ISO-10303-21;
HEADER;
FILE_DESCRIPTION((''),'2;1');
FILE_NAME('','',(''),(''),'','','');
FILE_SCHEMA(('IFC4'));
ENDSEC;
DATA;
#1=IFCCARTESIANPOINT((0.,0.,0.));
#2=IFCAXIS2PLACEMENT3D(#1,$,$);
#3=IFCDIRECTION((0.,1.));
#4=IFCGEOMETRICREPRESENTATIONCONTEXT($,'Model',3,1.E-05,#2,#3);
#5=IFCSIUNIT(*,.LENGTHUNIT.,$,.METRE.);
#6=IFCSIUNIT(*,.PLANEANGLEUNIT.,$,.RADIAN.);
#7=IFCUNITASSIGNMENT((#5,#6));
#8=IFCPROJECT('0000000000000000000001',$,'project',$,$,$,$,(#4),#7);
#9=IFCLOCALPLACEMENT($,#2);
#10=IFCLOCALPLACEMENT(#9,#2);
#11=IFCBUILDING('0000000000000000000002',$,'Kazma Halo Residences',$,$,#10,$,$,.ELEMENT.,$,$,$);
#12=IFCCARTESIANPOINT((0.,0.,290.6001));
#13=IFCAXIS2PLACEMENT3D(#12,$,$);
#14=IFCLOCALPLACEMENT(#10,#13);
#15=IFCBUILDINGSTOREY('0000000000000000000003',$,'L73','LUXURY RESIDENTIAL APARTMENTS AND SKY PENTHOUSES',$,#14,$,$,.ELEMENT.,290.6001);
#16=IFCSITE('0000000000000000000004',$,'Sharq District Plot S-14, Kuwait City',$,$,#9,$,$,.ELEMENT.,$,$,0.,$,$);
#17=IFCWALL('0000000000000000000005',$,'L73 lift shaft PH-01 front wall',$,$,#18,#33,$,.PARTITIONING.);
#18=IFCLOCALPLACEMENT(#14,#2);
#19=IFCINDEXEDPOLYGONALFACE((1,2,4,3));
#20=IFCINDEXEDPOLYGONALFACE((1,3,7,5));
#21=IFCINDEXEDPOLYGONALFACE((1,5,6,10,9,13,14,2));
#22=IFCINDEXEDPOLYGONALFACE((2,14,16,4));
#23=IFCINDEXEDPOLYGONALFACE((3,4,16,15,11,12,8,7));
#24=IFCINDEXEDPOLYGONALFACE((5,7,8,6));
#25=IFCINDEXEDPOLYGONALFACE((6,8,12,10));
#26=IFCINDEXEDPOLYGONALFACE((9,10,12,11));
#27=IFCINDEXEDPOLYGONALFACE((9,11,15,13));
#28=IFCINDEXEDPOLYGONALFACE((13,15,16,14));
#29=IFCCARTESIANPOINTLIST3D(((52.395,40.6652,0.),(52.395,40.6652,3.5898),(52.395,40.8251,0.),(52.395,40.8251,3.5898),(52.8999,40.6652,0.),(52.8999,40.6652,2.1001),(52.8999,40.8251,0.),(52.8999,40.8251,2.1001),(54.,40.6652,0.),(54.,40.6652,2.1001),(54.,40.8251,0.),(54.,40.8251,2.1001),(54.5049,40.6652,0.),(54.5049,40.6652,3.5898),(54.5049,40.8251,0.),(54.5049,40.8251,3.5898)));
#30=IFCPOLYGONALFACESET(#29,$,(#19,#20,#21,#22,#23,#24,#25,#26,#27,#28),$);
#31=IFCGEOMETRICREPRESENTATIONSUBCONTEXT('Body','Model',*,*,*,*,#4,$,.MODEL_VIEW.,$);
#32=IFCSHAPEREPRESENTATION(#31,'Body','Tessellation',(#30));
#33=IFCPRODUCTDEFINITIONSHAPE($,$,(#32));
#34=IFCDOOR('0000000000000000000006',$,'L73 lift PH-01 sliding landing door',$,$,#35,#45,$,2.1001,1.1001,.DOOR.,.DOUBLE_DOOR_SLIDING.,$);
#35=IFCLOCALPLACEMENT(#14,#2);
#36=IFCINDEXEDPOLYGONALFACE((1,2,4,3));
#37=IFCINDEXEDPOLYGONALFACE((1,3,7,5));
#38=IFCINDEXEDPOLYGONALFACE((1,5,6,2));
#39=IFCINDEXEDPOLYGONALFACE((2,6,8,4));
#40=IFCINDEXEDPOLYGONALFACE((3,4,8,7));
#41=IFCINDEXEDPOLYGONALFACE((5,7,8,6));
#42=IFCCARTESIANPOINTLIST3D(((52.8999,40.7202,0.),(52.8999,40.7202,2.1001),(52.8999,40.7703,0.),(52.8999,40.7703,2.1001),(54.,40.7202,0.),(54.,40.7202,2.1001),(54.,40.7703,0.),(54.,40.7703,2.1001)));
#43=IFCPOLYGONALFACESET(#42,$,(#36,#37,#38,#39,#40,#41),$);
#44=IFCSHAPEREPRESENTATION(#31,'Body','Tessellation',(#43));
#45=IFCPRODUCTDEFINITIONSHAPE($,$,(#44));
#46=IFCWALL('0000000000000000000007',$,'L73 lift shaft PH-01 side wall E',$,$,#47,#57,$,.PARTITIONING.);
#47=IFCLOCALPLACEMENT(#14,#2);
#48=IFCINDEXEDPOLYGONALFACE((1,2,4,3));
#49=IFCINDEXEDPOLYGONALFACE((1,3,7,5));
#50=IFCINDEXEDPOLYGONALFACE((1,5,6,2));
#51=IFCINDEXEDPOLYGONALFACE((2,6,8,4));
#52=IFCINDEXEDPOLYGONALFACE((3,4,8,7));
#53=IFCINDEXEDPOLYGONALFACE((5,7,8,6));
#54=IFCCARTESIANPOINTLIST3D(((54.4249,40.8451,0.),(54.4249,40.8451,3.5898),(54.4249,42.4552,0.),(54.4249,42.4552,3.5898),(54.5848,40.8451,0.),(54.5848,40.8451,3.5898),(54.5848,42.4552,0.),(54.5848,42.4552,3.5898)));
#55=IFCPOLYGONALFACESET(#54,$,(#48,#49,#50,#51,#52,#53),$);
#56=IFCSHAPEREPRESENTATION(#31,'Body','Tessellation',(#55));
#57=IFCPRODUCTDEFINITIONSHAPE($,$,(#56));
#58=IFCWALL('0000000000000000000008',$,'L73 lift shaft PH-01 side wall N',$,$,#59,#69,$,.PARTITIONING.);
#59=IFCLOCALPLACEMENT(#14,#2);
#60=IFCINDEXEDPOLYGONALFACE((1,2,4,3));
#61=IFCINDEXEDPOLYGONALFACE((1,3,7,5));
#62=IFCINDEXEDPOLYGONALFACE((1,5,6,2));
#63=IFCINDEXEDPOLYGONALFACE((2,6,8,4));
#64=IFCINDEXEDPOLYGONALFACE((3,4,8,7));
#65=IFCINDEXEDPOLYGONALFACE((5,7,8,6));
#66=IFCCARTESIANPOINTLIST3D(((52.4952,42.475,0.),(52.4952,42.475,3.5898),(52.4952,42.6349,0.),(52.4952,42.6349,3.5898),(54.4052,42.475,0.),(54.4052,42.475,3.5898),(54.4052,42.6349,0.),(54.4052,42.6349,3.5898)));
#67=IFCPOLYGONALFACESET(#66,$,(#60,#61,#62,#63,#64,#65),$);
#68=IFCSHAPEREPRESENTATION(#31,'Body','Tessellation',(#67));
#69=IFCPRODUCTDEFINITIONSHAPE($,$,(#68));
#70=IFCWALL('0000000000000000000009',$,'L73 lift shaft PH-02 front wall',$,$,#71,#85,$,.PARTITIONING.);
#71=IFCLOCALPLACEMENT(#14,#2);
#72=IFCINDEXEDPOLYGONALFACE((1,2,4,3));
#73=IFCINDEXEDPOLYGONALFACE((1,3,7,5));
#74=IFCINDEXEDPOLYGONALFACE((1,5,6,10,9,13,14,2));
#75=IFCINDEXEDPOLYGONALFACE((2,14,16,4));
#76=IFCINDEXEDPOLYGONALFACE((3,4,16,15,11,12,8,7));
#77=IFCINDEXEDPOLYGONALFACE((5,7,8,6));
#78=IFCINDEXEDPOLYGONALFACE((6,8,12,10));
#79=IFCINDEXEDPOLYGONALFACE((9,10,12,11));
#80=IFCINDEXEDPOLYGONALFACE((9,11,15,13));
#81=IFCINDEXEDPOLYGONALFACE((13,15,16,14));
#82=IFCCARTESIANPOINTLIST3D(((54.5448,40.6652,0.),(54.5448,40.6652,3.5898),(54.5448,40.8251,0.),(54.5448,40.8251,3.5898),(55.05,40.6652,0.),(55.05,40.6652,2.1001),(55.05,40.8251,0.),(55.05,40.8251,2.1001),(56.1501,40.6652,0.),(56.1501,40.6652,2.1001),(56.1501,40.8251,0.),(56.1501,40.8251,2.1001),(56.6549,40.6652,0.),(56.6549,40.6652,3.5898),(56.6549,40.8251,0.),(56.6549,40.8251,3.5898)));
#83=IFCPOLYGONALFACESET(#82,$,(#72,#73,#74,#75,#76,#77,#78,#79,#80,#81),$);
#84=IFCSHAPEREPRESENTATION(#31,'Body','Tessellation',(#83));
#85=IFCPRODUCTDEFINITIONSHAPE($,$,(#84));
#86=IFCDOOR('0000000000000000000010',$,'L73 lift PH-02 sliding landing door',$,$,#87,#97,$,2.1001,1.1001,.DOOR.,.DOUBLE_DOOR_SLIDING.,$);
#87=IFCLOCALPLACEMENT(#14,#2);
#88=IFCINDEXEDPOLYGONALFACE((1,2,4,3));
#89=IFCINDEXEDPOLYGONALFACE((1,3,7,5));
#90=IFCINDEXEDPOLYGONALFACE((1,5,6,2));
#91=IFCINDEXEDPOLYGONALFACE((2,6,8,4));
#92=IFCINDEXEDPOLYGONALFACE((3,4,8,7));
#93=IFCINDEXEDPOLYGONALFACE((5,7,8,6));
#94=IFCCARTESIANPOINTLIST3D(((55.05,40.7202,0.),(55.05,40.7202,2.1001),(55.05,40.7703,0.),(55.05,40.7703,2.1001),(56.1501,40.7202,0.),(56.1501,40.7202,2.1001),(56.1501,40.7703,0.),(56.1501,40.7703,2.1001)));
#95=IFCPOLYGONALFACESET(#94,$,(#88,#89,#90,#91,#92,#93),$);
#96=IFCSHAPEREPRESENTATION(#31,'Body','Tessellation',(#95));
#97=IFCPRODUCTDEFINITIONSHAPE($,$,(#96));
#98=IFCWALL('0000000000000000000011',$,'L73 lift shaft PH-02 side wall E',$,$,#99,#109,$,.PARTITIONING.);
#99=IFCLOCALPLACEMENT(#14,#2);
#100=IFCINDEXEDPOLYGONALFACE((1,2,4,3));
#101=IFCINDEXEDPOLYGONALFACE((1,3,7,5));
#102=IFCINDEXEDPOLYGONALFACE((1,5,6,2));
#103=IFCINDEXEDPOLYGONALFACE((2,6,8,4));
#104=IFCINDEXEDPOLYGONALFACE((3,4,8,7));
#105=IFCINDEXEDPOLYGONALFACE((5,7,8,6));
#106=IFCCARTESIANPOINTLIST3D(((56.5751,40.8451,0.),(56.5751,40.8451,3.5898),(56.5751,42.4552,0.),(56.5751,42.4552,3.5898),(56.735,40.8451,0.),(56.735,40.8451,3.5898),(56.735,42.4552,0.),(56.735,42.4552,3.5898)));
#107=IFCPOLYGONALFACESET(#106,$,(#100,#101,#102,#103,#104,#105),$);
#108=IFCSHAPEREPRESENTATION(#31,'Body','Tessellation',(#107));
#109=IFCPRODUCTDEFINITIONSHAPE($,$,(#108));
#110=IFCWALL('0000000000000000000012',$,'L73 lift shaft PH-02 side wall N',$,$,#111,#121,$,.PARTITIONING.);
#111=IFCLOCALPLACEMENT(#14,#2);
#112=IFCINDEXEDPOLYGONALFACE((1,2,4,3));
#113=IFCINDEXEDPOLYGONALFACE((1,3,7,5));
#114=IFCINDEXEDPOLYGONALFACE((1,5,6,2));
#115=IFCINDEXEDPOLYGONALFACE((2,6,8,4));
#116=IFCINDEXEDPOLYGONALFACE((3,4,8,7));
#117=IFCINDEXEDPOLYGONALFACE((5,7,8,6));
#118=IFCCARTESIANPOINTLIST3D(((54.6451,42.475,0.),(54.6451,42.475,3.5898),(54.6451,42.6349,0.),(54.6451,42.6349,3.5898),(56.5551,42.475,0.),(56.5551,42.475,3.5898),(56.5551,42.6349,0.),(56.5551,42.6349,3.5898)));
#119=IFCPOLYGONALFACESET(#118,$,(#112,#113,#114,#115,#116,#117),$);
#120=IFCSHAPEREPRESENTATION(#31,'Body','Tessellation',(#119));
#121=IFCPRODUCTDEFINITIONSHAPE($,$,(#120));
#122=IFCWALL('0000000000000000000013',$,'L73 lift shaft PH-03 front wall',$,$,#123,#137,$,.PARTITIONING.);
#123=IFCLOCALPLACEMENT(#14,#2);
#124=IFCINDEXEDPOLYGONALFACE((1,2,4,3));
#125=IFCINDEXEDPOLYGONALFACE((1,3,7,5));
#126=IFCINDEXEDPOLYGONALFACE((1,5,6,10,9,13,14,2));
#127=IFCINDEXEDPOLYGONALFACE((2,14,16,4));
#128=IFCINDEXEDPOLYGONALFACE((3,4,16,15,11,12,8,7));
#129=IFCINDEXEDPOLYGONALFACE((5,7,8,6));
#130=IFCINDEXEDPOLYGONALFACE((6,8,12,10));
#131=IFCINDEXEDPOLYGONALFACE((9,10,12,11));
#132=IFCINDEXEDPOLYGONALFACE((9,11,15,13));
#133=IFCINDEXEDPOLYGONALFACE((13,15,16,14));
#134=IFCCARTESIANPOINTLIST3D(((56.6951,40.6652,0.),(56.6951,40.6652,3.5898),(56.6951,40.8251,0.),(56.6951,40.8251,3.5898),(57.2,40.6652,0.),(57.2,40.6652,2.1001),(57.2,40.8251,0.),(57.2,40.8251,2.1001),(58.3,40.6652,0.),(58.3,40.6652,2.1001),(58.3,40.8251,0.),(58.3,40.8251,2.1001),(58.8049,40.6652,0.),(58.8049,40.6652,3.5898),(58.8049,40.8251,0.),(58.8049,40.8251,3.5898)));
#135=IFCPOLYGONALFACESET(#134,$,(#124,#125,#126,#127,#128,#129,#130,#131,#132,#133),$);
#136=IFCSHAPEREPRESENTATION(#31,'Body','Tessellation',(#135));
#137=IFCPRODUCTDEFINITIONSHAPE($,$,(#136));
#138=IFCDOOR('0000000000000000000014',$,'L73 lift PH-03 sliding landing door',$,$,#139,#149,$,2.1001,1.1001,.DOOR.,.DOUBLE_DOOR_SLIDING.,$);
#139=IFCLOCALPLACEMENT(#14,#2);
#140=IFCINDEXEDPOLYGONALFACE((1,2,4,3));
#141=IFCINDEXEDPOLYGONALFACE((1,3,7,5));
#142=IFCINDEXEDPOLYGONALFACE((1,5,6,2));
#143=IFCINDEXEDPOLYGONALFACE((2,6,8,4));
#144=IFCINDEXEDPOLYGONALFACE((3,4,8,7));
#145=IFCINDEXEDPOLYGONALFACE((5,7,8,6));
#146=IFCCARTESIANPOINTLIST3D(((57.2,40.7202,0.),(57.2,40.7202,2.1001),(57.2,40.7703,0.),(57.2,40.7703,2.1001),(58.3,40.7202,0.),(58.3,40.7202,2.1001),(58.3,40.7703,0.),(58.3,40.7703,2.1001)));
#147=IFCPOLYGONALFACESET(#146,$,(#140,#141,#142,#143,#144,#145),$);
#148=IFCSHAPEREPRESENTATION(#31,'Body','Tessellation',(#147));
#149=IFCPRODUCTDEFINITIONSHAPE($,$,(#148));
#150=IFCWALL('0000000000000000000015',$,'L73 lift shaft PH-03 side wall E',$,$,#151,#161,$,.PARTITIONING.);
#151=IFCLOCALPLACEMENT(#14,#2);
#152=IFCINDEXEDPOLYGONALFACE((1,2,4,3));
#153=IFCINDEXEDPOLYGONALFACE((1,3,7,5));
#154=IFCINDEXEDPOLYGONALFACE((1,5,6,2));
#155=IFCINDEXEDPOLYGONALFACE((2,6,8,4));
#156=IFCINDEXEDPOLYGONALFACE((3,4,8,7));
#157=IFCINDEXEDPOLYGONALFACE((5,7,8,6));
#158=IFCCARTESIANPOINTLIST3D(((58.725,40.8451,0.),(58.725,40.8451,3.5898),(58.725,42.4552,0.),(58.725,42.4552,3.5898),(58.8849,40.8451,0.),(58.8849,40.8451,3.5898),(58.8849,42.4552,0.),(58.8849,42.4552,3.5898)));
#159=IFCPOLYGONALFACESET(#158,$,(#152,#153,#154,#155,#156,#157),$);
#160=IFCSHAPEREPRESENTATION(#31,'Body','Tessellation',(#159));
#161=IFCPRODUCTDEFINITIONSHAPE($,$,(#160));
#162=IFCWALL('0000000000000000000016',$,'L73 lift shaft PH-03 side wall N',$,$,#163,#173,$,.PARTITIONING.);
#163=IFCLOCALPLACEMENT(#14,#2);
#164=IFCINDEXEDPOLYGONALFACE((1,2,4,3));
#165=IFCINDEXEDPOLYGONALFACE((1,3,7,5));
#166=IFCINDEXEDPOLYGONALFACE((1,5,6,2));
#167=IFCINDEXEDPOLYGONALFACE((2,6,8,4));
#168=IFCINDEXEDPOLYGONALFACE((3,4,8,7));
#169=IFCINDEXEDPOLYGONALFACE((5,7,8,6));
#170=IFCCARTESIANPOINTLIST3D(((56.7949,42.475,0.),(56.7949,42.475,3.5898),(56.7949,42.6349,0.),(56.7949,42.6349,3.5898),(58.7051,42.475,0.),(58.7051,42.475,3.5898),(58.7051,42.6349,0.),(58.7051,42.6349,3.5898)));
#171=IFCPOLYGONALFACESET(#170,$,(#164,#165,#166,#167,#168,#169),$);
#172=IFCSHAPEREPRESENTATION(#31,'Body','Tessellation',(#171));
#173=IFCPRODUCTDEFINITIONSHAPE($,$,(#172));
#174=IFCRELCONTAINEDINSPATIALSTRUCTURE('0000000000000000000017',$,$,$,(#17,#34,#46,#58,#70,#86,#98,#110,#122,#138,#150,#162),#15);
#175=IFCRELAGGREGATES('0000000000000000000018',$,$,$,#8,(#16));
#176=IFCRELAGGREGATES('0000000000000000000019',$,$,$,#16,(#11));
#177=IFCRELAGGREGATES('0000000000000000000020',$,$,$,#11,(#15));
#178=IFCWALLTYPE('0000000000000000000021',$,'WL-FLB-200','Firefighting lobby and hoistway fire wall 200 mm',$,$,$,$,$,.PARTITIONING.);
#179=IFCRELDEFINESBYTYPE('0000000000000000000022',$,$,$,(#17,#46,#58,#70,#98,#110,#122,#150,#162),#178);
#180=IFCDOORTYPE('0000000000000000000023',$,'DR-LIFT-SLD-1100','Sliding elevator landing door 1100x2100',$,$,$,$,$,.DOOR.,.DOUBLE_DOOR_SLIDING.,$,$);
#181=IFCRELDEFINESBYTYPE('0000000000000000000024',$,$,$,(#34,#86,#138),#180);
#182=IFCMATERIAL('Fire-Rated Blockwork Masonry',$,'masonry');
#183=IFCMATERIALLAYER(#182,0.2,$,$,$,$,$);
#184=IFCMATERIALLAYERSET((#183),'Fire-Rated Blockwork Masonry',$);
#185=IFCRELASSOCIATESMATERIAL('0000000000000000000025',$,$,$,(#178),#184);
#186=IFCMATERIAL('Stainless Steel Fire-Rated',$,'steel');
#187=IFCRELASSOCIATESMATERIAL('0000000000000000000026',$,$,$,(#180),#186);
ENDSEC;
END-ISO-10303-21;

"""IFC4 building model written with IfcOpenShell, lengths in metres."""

from ifc_helpers import new_model, si_unit, direction, frame, frame_2d, origin, place, context, subcontext, project, spatial, rectangle, extrude, material, layer, layer_set, type_object, element, fill, save


model = new_model("IFC4")

# Units and contexts
model_context = context("Model", 3, precision=1e-05, world=origin(), true_north=direction((0.0, 1.0)))
body_context = subcontext(model_context, "Body", "Model", "MODEL_VIEW")
ifc_project = project(units=[si_unit("LENGTHUNIT", "METRE"), si_unit("PLANEANGLEUNIT", "RADIAN")], contexts=[model_context])

# Site, building, storey
site_placement = place(None, origin())
site = spatial("IfcSite", under=ifc_project, at=site_placement, Name="Sharq District Plot S-14, Kuwait City", CompositionType="ELEMENT", RefElevation=0.0)
building_placement = place(site_placement, origin())
building = spatial("IfcBuilding", under=site, at=building_placement, Name="Kazma Halo Residences", CompositionType="ELEMENT")
storey_placement = place(building_placement, frame((0.0, 0.0, 290.6001)))
storey = spatial("IfcBuildingStorey", under=building, at=storey_placement, Name="L73", Description="LUXURY RESIDENTIAL APARTMENTS AND SKY PENTHOUSES", CompositionType="ELEMENT", Elevation=290.6001)

# Wall, opening, door
ifc_material_1 = material(Name="Fire-Rated Blockwork Masonry", Category="masonry")
ifc_layer_1 = layer(ifc_material_1, 0.2)
ifc_layer_set_1 = layer_set([ifc_layer_1], Name="Fire-Rated Blockwork Masonry")
wall_type_1 = type_object("IfcWallType", Name="WL-FLB-200", Description="Firefighting lobby and hoistway fire wall 200 mm", PredefinedType="PARTITIONING", material=ifc_layer_set_1)
wall_1_placement = place(storey_placement, frame((54.5049, 40.7451, 0.0), z_axis=(0.0, 0.0, 1.0), x_axis=(-1.0, 0.0, 0.0)))
wall_1 = element("IfcWall", 1, at=wall_1_placement, inside=storey, type_object=wall_type_1, Name="L73 lift shaft PH-01 front wall", PredefinedType="PARTITIONING", context=body_context, shape_type="SweptSolid", body=[
    extrude(rectangle(XDim=2.1099, YDim=0.1599, at=frame_2d((1.0549, 0.0))), origin(), (0.0, 0.0, 1.0), 3.5898),
])
opening_1_placement = place(wall_1_placement, frame((0.5049, 0.0, 0.0)))
opening_1 = element("IfcOpeningElement", 2, at=opening_1_placement, cuts=wall_1, PredefinedType="OPENING", context=body_context, shape_type="SweptSolid", body=[
    extrude(rectangle(XDim=1.1001, YDim=2.1001, at=frame_2d((0.55, 1.05))), frame((0.0, 0.0898, 0.0), z_axis=(0.0, -1.0, 0.0), x_axis=(1.0, 0.0, 0.0)), (0.0, 0.0, 1.0), 0.1799),
])
ifc_material_2 = material(Name="Stainless Steel Fire-Rated", Category="steel")
door_type_1 = type_object("IfcDoorType", Name="DR-LIFT-SLD-1100", Description="Sliding elevator landing door 1100x2100", OperationType="DOUBLE_DOOR_SLIDING", PredefinedType="DOOR", material=ifc_material_2)
door_1_placement = place(opening_1_placement, origin())
door_1 = element("IfcDoor", 3, at=door_1_placement, inside=storey, type_object=door_type_1, Name="L73 lift PH-01 sliding landing door", OperationType="DOUBLE_DOOR_SLIDING", OverallHeight=2.1001, OverallWidth=1.1001, PredefinedType="DOOR", context=body_context, shape_type="SweptSolid", body=[
    extrude(rectangle(XDim=1.1001, YDim=2.1001, at=frame_2d((0.55, 1.05))), frame((0.0, 0.0249, 0.0), z_axis=(0.0, -1.0, 0.0), x_axis=(1.0, 0.0, 0.0)), (0.0, 0.0, 1.0), 0.05),
])
fill(opening_1, door_1)

# Walls
wall_2_placement = place(storey_placement, frame((54.5049, 40.845, 0.0), z_axis=(0.0, 0.0, 1.0), x_axis=(0.0, 1.0, 0.0)))
element("IfcWall", 4, at=wall_2_placement, inside=storey, type_object=wall_type_1, Name="L73 lift shaft PH-01 side wall E", PredefinedType="PARTITIONING", context=body_context, shape_type="SweptSolid", body=[
    extrude(rectangle(XDim=1.6101, YDim=0.1599, at=frame_2d((0.8052, 0.0))), origin(), (0.0, 0.0, 1.0), 3.5898),
])
wall_3_placement = place(storey_placement, frame((52.4951, 42.5549, 0.0), z_axis=(0.0, 0.0, 1.0), x_axis=(1.0, 0.0, 0.0)))
element("IfcWall", 5, at=wall_3_placement, inside=storey, type_object=wall_type_1, Name="L73 lift shaft PH-01 side wall N", PredefinedType="PARTITIONING", context=body_context, shape_type="SweptSolid", body=[
    extrude(rectangle(XDim=1.9099, YDim=0.1599, at=frame_2d((0.9551, 0.0))), origin(), (0.0, 0.0, 1.0), 3.5898),
])

# Wall, opening, door
wall_4_placement = place(storey_placement, frame((56.655, 40.7451, 0.0), z_axis=(0.0, 0.0, 1.0), x_axis=(-1.0, 0.0, 0.0)))
wall_4 = element("IfcWall", 6, at=wall_4_placement, inside=storey, type_object=wall_type_1, Name="L73 lift shaft PH-02 front wall", PredefinedType="PARTITIONING", context=body_context, shape_type="SweptSolid", body=[
    extrude(rectangle(XDim=2.1101, YDim=0.1599, at=frame_2d((1.0552, 0.0))), origin(), (0.0, 0.0, 1.0), 3.5898),
])
opening_2_placement = place(wall_4_placement, frame((0.5049, 0.0, 0.0)))
opening_2 = element("IfcOpeningElement", 7, at=opening_2_placement, cuts=wall_4, PredefinedType="OPENING", context=body_context, shape_type="SweptSolid", body=[
    extrude(rectangle(XDim=1.1001, YDim=2.1001, at=frame_2d((0.55, 1.05))), frame((0.0, 0.0898, 0.0), z_axis=(0.0, -1.0, 0.0), x_axis=(1.0, 0.0, 0.0)), (0.0, 0.0, 1.0), 0.1799),
])
door_2_placement = place(opening_2_placement, origin())
door_2 = element("IfcDoor", 8, at=door_2_placement, inside=storey, type_object=door_type_1, Name="L73 lift PH-02 sliding landing door", OperationType="DOUBLE_DOOR_SLIDING", OverallHeight=2.1001, OverallWidth=1.1001, PredefinedType="DOOR", context=body_context, shape_type="SweptSolid", body=[
    extrude(rectangle(XDim=1.1001, YDim=2.1001, at=frame_2d((0.55, 1.05))), frame((0.0, 0.0249, 0.0), z_axis=(0.0, -1.0, 0.0), x_axis=(1.0, 0.0, 0.0)), (0.0, 0.0, 1.0), 0.05),
])
fill(opening_2, door_2)

# Walls
wall_5_placement = place(storey_placement, frame((56.655, 40.845, 0.0), z_axis=(0.0, 0.0, 1.0), x_axis=(0.0, 1.0, 0.0)))
element("IfcWall", 9, at=wall_5_placement, inside=storey, type_object=wall_type_1, Name="L73 lift shaft PH-02 side wall E", PredefinedType="PARTITIONING", context=body_context, shape_type="SweptSolid", body=[
    extrude(rectangle(XDim=1.6101, YDim=0.1599, at=frame_2d((0.8052, 0.0))), origin(), (0.0, 0.0, 1.0), 3.5898),
])
wall_6_placement = place(storey_placement, frame((54.645, 42.5549, 0.0), z_axis=(0.0, 0.0, 1.0), x_axis=(1.0, 0.0, 0.0)))
element("IfcWall", 10, at=wall_6_placement, inside=storey, type_object=wall_type_1, Name="L73 lift shaft PH-02 side wall N", PredefinedType="PARTITIONING", context=body_context, shape_type="SweptSolid", body=[
    extrude(rectangle(XDim=1.9099, YDim=0.1599, at=frame_2d((0.9551, 0.0))), origin(), (0.0, 0.0, 1.0), 3.5898),
])

# Wall, opening, door
wall_7_placement = place(storey_placement, frame((58.8049, 40.7451, 0.0), z_axis=(0.0, 0.0, 1.0), x_axis=(-1.0, 0.0, 0.0)))
wall_7 = element("IfcWall", 11, at=wall_7_placement, inside=storey, type_object=wall_type_1, Name="L73 lift shaft PH-03 front wall", PredefinedType="PARTITIONING", context=body_context, shape_type="SweptSolid", body=[
    extrude(rectangle(XDim=2.1099, YDim=0.1599, at=frame_2d((1.0549, 0.0))), origin(), (0.0, 0.0, 1.0), 3.5898),
])
opening_3_placement = place(wall_7_placement, frame((0.5049, 0.0, 0.0)))
opening_3 = element("IfcOpeningElement", 12, at=opening_3_placement, cuts=wall_7, PredefinedType="OPENING", context=body_context, shape_type="SweptSolid", body=[
    extrude(rectangle(XDim=1.1001, YDim=2.1001, at=frame_2d((0.55, 1.05))), frame((0.0, 0.0898, 0.0), z_axis=(0.0, -1.0, 0.0), x_axis=(1.0, 0.0, 0.0)), (0.0, 0.0, 1.0), 0.1799),
])
door_3_placement = place(opening_3_placement, origin())
door_3 = element("IfcDoor", 13, at=door_3_placement, inside=storey, type_object=door_type_1, Name="L73 lift PH-03 sliding landing door", OperationType="DOUBLE_DOOR_SLIDING", OverallHeight=2.1001, OverallWidth=1.1001, PredefinedType="DOOR", context=body_context, shape_type="SweptSolid", body=[
    extrude(rectangle(XDim=1.1001, YDim=2.1001, at=frame_2d((0.55, 1.05))), frame((0.0, 0.0249, 0.0), z_axis=(0.0, -1.0, 0.0), x_axis=(1.0, 0.0, 0.0)), (0.0, 0.0, 1.0), 0.05),
])
fill(opening_3, door_3)

# Walls
wall_8_placement = place(storey_placement, frame((58.8049, 40.845, 0.0), z_axis=(0.0, 0.0, 1.0), x_axis=(0.0, 1.0, 0.0)))
element("IfcWall", 14, at=wall_8_placement, inside=storey, type_object=wall_type_1, Name="L73 lift shaft PH-03 side wall E", PredefinedType="PARTITIONING", context=body_context, shape_type="SweptSolid", body=[
    extrude(rectangle(XDim=1.6101, YDim=0.1599, at=frame_2d((0.8052, 0.0))), origin(), (0.0, 0.0, 1.0), 3.5898),
])
wall_9_placement = place(storey_placement, frame((56.7949, 42.5549, 0.0), z_axis=(0.0, 0.0, 1.0), x_axis=(1.0, 0.0, 0.0)))
element("IfcWall", 15, at=wall_9_placement, inside=storey, type_object=wall_type_1, Name="L73 lift shaft PH-03 side wall N", PredefinedType="PARTITIONING", context=body_context, shape_type="SweptSolid", body=[
    extrude(rectangle(XDim=1.9102, YDim=0.1599, at=frame_2d((0.9551, 0.0))), origin(), (0.0, 0.0, 1.0), 3.5898),
])

save(model, "model.ifc")
